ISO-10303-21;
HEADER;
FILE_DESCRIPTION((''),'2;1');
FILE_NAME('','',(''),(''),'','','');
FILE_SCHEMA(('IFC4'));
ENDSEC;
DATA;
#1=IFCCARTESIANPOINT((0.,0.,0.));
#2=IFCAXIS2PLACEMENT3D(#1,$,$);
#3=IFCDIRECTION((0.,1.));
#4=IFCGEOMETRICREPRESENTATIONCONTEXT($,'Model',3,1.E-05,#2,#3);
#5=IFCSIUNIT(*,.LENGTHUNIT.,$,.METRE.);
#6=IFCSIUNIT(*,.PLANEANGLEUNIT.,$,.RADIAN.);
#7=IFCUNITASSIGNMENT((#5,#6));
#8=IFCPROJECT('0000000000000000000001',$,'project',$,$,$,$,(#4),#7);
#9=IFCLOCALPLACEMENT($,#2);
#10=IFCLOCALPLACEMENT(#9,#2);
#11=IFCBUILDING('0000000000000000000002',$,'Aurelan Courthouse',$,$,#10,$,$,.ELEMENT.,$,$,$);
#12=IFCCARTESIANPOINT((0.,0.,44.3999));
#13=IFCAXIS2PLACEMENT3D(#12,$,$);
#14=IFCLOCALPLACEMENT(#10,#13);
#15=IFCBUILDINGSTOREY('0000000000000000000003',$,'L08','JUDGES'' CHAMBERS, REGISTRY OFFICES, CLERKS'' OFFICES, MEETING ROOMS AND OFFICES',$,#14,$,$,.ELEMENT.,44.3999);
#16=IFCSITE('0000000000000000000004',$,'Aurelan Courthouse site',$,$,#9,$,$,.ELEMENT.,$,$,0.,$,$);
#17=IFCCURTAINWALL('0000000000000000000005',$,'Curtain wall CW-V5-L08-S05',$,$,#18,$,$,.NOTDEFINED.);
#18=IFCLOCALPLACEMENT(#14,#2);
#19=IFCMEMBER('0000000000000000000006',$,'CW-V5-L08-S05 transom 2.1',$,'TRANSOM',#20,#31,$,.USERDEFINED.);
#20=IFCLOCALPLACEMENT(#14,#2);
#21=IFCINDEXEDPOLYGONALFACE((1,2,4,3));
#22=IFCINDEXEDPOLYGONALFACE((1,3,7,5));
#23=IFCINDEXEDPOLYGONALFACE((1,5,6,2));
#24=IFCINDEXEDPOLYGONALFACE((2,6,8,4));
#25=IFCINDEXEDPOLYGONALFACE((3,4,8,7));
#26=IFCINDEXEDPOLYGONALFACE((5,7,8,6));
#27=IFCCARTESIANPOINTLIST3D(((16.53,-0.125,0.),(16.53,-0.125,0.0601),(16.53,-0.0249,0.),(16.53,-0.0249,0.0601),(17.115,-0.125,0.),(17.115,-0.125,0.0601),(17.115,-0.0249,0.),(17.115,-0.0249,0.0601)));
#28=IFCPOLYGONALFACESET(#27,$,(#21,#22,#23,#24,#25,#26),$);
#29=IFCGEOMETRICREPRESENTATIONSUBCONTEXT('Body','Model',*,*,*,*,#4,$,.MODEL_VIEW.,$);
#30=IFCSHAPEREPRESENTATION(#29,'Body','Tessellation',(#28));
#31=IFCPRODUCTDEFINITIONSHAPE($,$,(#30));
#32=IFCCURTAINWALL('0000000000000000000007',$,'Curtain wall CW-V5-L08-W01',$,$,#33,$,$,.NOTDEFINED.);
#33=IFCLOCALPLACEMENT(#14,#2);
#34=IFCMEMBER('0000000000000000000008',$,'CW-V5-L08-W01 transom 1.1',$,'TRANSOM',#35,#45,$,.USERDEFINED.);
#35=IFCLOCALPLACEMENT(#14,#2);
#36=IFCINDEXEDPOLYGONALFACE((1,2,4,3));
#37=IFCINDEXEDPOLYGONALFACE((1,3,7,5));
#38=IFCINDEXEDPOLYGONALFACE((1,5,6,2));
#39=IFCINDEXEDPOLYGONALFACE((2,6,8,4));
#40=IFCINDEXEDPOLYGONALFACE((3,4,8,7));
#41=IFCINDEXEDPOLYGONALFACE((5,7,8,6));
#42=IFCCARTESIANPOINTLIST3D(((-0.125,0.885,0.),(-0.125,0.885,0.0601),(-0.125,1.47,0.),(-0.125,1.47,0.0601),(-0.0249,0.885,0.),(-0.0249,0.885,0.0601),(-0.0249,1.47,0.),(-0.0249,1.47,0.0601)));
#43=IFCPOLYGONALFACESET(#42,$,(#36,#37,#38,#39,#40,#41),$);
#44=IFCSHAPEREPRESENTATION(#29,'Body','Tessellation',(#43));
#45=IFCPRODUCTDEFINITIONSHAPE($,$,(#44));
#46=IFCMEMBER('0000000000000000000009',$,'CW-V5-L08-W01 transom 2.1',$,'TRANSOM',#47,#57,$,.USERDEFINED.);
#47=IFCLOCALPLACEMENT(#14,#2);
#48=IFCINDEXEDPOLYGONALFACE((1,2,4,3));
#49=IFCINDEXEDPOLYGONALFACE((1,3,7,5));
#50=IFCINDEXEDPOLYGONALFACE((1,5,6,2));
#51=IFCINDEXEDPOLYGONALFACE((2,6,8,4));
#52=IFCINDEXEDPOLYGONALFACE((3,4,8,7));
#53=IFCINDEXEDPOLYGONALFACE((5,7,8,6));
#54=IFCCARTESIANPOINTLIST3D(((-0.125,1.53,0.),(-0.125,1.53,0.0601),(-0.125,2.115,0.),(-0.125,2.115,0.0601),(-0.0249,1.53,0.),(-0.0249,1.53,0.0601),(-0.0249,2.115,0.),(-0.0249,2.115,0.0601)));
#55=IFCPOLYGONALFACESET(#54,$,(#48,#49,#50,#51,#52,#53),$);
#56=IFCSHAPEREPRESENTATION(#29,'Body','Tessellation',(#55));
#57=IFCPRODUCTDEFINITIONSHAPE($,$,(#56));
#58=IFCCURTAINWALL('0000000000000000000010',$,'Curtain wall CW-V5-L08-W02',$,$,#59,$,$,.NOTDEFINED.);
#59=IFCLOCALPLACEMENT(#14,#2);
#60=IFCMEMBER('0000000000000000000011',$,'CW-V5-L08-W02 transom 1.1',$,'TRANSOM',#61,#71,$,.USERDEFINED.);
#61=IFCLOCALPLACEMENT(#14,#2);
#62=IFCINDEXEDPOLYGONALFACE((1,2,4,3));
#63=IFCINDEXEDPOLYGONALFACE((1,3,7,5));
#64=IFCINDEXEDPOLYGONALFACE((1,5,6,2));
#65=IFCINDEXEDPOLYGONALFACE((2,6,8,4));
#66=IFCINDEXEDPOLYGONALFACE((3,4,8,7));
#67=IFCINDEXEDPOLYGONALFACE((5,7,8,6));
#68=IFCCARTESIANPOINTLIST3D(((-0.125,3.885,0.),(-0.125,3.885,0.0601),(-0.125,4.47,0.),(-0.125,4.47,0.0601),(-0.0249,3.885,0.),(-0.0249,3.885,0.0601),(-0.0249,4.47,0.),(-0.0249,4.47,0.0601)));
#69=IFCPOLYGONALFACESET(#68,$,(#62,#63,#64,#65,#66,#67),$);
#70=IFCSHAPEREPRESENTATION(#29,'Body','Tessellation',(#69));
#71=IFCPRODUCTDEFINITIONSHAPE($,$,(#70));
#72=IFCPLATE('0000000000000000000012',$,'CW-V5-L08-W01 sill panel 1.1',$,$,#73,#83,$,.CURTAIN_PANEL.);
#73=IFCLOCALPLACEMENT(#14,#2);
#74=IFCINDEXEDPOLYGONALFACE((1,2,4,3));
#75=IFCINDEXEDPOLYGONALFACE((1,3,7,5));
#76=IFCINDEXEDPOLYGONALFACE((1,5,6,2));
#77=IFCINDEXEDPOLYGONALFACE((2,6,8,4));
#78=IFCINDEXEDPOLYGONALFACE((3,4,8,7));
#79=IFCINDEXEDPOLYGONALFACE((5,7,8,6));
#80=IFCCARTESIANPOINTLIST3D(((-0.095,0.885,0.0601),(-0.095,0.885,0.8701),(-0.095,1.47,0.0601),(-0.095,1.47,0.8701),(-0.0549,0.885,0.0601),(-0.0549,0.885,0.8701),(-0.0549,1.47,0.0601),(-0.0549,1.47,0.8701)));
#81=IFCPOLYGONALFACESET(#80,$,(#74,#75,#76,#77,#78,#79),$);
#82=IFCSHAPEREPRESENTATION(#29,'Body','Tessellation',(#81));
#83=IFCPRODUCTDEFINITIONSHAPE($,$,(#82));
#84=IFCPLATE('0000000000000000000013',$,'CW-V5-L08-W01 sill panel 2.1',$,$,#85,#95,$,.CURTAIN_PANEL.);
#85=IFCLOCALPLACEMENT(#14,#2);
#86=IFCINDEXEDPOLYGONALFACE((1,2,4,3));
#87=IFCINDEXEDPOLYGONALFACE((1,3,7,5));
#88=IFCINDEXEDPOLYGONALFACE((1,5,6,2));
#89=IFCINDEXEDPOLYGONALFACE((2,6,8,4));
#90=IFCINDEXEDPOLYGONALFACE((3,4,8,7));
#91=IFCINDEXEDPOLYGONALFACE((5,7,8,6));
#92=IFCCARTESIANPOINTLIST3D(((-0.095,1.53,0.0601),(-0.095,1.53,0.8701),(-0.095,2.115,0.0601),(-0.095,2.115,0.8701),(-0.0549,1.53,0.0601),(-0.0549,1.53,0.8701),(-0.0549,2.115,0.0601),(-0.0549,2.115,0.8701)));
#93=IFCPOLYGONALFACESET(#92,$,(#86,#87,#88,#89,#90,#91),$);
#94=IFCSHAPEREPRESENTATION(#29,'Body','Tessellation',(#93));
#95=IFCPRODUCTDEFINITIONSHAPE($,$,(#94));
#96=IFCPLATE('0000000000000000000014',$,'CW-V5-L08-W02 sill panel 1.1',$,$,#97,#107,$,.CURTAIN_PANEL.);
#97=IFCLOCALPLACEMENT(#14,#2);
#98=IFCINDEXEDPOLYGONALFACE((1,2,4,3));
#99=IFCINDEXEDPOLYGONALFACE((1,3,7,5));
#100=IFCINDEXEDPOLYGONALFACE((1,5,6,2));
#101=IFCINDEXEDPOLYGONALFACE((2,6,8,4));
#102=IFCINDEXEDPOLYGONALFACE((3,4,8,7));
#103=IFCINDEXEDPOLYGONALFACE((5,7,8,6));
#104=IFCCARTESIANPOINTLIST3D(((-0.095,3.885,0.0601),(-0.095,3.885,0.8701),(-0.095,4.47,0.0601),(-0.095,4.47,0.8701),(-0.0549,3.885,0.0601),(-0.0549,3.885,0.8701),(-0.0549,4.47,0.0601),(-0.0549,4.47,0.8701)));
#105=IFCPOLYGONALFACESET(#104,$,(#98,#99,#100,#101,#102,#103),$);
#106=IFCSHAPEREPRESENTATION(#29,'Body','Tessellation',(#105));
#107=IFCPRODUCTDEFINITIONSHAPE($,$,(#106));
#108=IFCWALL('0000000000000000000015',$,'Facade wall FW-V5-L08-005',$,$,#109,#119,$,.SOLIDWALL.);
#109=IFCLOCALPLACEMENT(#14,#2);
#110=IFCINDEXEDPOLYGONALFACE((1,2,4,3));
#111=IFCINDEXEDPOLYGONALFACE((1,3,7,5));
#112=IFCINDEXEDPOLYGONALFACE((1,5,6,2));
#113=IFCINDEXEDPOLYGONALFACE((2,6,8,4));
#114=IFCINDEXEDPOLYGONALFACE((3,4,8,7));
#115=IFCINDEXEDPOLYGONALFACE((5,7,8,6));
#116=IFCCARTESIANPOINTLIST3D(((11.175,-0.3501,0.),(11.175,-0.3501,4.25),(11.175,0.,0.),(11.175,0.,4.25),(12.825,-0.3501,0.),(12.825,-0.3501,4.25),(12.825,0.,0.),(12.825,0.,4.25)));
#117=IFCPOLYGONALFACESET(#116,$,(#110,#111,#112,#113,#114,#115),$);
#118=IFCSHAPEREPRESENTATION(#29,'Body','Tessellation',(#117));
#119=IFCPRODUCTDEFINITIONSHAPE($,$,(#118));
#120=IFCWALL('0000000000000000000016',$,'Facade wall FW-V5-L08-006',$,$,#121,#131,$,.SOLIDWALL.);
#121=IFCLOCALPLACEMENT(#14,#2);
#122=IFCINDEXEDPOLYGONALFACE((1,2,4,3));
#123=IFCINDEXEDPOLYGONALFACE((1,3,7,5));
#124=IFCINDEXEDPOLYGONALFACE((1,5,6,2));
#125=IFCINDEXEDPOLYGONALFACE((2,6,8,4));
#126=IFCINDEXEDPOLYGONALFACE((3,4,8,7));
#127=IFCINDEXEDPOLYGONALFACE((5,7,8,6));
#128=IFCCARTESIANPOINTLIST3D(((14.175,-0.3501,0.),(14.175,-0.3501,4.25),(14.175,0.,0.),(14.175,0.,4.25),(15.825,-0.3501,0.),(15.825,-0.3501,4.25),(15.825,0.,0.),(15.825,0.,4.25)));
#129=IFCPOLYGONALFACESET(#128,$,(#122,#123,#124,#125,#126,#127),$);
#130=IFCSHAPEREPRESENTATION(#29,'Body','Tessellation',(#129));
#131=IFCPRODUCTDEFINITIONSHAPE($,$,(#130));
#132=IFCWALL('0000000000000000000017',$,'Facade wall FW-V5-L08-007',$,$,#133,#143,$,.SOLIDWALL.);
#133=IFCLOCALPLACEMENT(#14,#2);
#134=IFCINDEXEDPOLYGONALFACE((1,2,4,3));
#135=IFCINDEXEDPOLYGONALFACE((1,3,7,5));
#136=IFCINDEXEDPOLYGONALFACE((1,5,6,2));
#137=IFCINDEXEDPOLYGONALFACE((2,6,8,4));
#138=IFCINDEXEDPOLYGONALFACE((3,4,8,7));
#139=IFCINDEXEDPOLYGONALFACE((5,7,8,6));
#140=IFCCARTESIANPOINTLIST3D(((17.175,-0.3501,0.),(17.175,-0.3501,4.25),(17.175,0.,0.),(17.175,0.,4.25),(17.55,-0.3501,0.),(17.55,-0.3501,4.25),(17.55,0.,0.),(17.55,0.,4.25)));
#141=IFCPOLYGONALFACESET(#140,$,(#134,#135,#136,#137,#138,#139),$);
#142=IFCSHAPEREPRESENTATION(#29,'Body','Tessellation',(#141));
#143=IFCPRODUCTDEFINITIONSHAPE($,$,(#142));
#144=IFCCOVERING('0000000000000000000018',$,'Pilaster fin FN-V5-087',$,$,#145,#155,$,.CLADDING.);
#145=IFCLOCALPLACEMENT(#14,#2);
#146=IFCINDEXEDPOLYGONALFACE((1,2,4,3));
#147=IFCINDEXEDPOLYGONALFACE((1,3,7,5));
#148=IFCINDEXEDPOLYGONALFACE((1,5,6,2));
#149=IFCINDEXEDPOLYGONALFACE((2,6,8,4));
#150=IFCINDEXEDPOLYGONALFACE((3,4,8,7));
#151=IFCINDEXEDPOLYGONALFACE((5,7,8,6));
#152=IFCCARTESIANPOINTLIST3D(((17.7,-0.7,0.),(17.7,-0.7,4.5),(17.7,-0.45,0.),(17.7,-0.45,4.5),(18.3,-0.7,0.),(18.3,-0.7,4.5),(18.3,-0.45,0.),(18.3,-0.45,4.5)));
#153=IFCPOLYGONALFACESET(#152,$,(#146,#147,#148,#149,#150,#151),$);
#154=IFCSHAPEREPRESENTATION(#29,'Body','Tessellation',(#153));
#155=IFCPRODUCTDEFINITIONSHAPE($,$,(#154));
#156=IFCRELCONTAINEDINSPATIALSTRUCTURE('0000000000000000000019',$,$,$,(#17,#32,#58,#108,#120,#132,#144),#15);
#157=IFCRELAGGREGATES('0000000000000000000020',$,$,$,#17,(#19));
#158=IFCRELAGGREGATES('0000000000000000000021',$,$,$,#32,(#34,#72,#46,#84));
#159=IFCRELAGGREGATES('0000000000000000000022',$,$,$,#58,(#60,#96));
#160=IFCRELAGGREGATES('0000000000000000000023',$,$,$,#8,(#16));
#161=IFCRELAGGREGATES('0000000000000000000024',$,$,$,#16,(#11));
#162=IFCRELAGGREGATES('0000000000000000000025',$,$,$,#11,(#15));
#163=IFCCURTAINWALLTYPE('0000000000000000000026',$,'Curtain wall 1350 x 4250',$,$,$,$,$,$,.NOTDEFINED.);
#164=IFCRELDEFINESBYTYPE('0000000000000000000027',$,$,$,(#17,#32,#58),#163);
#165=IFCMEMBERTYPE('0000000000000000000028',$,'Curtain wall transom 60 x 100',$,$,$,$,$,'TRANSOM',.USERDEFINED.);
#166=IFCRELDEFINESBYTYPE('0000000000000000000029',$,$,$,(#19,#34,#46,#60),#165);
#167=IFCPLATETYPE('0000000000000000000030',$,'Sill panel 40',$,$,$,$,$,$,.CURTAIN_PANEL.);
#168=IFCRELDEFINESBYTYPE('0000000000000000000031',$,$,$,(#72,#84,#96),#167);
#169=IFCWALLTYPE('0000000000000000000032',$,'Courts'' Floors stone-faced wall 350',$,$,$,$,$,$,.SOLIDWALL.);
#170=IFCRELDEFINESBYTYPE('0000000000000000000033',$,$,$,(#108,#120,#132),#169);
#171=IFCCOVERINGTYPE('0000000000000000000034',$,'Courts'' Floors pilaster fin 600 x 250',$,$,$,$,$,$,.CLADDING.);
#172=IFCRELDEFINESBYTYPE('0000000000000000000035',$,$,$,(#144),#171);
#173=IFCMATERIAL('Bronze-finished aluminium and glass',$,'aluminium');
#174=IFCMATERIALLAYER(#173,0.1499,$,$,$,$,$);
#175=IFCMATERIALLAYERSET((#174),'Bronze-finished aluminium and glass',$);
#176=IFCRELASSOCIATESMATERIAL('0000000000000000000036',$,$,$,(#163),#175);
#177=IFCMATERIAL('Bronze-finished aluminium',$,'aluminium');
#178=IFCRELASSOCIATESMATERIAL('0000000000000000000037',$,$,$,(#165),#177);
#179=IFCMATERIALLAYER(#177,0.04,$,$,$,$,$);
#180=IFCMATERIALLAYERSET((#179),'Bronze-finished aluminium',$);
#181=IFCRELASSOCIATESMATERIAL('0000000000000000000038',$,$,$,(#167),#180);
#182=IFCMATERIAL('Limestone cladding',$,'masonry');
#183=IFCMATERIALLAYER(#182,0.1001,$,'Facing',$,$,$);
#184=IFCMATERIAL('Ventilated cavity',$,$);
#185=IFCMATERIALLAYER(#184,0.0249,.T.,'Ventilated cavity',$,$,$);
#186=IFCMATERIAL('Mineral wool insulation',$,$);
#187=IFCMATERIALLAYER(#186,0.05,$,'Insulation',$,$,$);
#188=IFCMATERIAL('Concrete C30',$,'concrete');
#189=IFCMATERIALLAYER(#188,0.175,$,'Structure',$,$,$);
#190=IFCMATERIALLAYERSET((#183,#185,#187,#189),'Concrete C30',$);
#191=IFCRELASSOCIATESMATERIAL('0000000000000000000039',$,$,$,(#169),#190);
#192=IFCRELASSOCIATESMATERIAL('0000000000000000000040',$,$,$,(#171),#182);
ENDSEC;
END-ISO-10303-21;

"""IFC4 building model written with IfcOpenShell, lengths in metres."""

from ifc_helpers import new_model, si_unit, direction, frame, frame_2d, origin, origin_2d, place, context, subcontext, project, spatial, rectangle, extrude, material, layer, layer_set, material_profile, profile_set, type_object, element, aggregate, save


model = new_model("IFC4")

# Units and contexts
model_context = context("Model", 3, precision=1e-05, world=origin(), true_north=direction((0.0, 1.0)))
body_context = subcontext(model_context, "Body", "Model", "MODEL_VIEW")
ifc_project = project(units=[si_unit("LENGTHUNIT", "METRE"), si_unit("PLANEANGLEUNIT", "RADIAN")], contexts=[model_context])

# Site, building, storey
site_placement = place(None, origin())
site = spatial("IfcSite", under=ifc_project, at=site_placement, Name="Aurelan Courthouse site", CompositionType="ELEMENT", RefElevation=0.0)
building_placement = place(site_placement, origin())
building = spatial("IfcBuilding", under=site, at=building_placement, Name="Aurelan Courthouse", CompositionType="ELEMENT")
storey_placement = place(building_placement, frame((0.0, 0.0, 44.3999)))
storey = spatial("IfcBuildingStorey", under=building, at=storey_placement, Name="L08", Description="JUDGES' CHAMBERS, REGISTRY OFFICES, CLERKS' OFFICES, MEETING ROOMS AND OFFICES", CompositionType="ELEMENT", Elevation=44.3999)

# Curtain wall
ifc_material_1 = material(Name="Bronze-finished aluminium and glass", Category="aluminium")
ifc_layer_1 = layer(ifc_material_1, 0.1499)
ifc_layer_set_1 = layer_set([ifc_layer_1], Name="Bronze-finished aluminium and glass")
curtain_wall_type = type_object("IfcCurtainWallType", Name="Curtain wall 1350 x 4250", PredefinedType="NOTDEFINED", material=ifc_layer_set_1)
ifc_material_2 = material(Name="Bronze-finished aluminium", Category="aluminium")
curtain_wall_1_placement = place(storey_placement, origin())
curtain_wall_1 = element("IfcCurtainWall", 1, at=curtain_wall_1_placement, inside=storey, type_object=curtain_wall_type, Name="Curtain wall CW-V5-L08-S05", PredefinedType="NOTDEFINED")
ifc_material_profile_1 = material_profile(ifc_material_2, rectangle(XDim=0.1001, YDim=0.0601, at=origin_2d()), Name="Bronze transom 60 x 100")
ifc_profile_set_1 = profile_set([ifc_material_profile_1], Name="Bronze-finished aluminium")
member_type_1 = type_object("IfcMemberType", Name="Curtain wall transom 60 x 100", ElementType="TRANSOM", PredefinedType="USERDEFINED", material=ifc_profile_set_1)

# Member
member_1_placement = place(storey_placement, frame((16.53, -0.075, 0.03), z_axis=(1.0, 0.0, 0.0), x_axis=(0.0, 1.0, 0.0)))
member_1 = element("IfcMember", 2, at=member_1_placement, type_object=member_type_1, Name="CW-V5-L08-S05 transom 2.1", ObjectType="TRANSOM", PredefinedType="USERDEFINED", context=body_context, shape_type="SweptSolid", body=[
    extrude(rectangle(XDim=0.1001, YDim=0.0601, at=origin_2d()), origin(), (0.0, 0.0, 1.0), 0.585),
])
aggregate(curtain_wall_1, [member_1])

# Curtain wall, members
curtain_wall_2_placement = place(storey_placement, origin())
curtain_wall_2 = element("IfcCurtainWall", 3, at=curtain_wall_2_placement, inside=storey, type_object=curtain_wall_type, Name="Curtain wall CW-V5-L08-W01", PredefinedType="NOTDEFINED")
member_2_placement = place(storey_placement, frame((-0.075, 0.885, 0.03), z_axis=(0.0, 1.0, 0.0), x_axis=(-1.0, 0.0, 0.0)))
member_2 = element("IfcMember", 4, at=member_2_placement, type_object=member_type_1, Name="CW-V5-L08-W01 transom 1.1", ObjectType="TRANSOM", PredefinedType="USERDEFINED", context=body_context, shape_type="SweptSolid", body=[
    extrude(rectangle(XDim=0.1001, YDim=0.0601, at=origin_2d()), origin(), (0.0, 0.0, 1.0), 0.585),
])
member_3_placement = place(storey_placement, frame((-0.075, 1.53, 0.03), z_axis=(0.0, 1.0, 0.0), x_axis=(-1.0, 0.0, 0.0)))
member_3 = element("IfcMember", 5, at=member_3_placement, type_object=member_type_1, Name="CW-V5-L08-W01 transom 2.1", ObjectType="TRANSOM", PredefinedType="USERDEFINED", context=body_context, shape_type="SweptSolid", body=[
    extrude(rectangle(XDim=0.1001, YDim=0.0601, at=origin_2d()), origin(), (0.0, 0.0, 1.0), 0.585),
])

# Curtain wall, member
curtain_wall_3_placement = place(storey_placement, origin())
curtain_wall_3 = element("IfcCurtainWall", 6, at=curtain_wall_3_placement, inside=storey, type_object=curtain_wall_type, Name="Curtain wall CW-V5-L08-W02", PredefinedType="NOTDEFINED")
member_4_placement = place(storey_placement, frame((-0.075, 3.885, 0.03), z_axis=(0.0, 1.0, 0.0), x_axis=(-1.0, 0.0, 0.0)))
member_4 = element("IfcMember", 7, at=member_4_placement, type_object=member_type_1, Name="CW-V5-L08-W02 transom 1.1", ObjectType="TRANSOM", PredefinedType="USERDEFINED", context=body_context, shape_type="SweptSolid", body=[
    extrude(rectangle(XDim=0.1001, YDim=0.0601, at=origin_2d()), origin(), (0.0, 0.0, 1.0), 0.585),
])

# Plates
ifc_layer_2 = layer(ifc_material_2, 0.04)
ifc_layer_set_2 = layer_set([ifc_layer_2], Name="Bronze-finished aluminium")
plate_type = type_object("IfcPlateType", Name="Sill panel 40", PredefinedType="CURTAIN_PANEL", material=ifc_layer_set_2)
plate_1_placement = place(storey_placement, frame((-0.075, 1.1775, 0.0601), z_axis=(0.0, 0.0, 1.0), x_axis=(0.0, 1.0, 0.0)))
plate_1 = element("IfcPlate", 8, at=plate_1_placement, type_object=plate_type, Name="CW-V5-L08-W01 sill panel 1.1", PredefinedType="CURTAIN_PANEL", context=body_context, shape_type="SweptSolid", body=[
    extrude(rectangle(XDim=0.585, YDim=0.04, at=origin_2d()), origin(), (0.0, 0.0, 1.0), 0.8101),
])
plate_2_placement = place(storey_placement, frame((-0.075, 1.8225, 0.0601), z_axis=(0.0, 0.0, 1.0), x_axis=(0.0, 1.0, 0.0)))
plate_2 = element("IfcPlate", 9, at=plate_2_placement, type_object=plate_type, Name="CW-V5-L08-W01 sill panel 2.1", PredefinedType="CURTAIN_PANEL", context=body_context, shape_type="SweptSolid", body=[
    extrude(rectangle(XDim=0.585, YDim=0.04, at=origin_2d()), origin(), (0.0, 0.0, 1.0), 0.8101),
])
aggregate(curtain_wall_2, [member_2, plate_1, member_3, plate_2])
plate_3_placement = place(storey_placement, frame((-0.075, 4.1775, 0.0601), z_axis=(0.0, 0.0, 1.0), x_axis=(0.0, 1.0, 0.0)))
plate_3 = element("IfcPlate", 10, at=plate_3_placement, type_object=plate_type, Name="CW-V5-L08-W02 sill panel 1.1", PredefinedType="CURTAIN_PANEL", context=body_context, shape_type="SweptSolid", body=[
    extrude(rectangle(XDim=0.585, YDim=0.04, at=origin_2d()), origin(), (0.0, 0.0, 1.0), 0.8101),
])
aggregate(curtain_wall_3, [member_4, plate_3])

# Walls
ifc_material_3 = material(Name="Limestone cladding", Category="masonry")
ifc_layer_3 = layer(ifc_material_3, 0.1001, Name="Facing")
ifc_material_4 = material(Name="Ventilated cavity")
ifc_layer_4 = layer(ifc_material_4, 0.0249, ventilated=True, Name="Ventilated cavity")
ifc_material_5 = material(Name="Mineral wool insulation")
ifc_layer_5 = layer(ifc_material_5, 0.05, Name="Insulation")
ifc_material_6 = material(Name="Concrete C30", Category="concrete")
ifc_layer_6 = layer(ifc_material_6, 0.175, Name="Structure")
ifc_layer_set_3 = layer_set([ifc_layer_3, ifc_layer_4, ifc_layer_5, ifc_layer_6], Name="Concrete C30")
wall_type = type_object("IfcWallType", Name="Courts' Floors stone-faced wall 350", PredefinedType="SOLIDWALL", material=ifc_layer_set_3)
for number, where, z_axis, x_axis, name in (
    (11, (11.175, -0.175, 0.0), (0.0, 0.0, 1.0), (1.0, 0.0, 0.0), "Facade wall FW-V5-L08-005"),
    (12, (14.175, -0.175, 0.0), (0.0, 0.0, 1.0), (1.0, 0.0, 0.0), "Facade wall FW-V5-L08-006"),
):
    element("IfcWall", number, at=place(storey_placement, frame(where, z_axis=z_axis, x_axis=x_axis)), inside=storey, type_object=wall_type, Name=name, PredefinedType="SOLIDWALL", context=body_context, shape_type="SweptSolid", body=[
        extrude(rectangle(XDim=1.6499, YDim=0.3501, at=frame_2d((0.825, 0.0))), origin(), (0.0, 0.0, 1.0), 4.25),
    ])
wall_placement = place(storey_placement, frame((17.175, -0.175, 0.0), z_axis=(0.0, 0.0, 1.0), x_axis=(1.0, 0.0, 0.0)))
element("IfcWall", 13, at=wall_placement, inside=storey, type_object=wall_type, Name="Facade wall FW-V5-L08-007", PredefinedType="SOLIDWALL", context=body_context, shape_type="SweptSolid", body=[
    extrude(rectangle(XDim=0.375, YDim=0.3501, at=frame_2d((0.1875, 0.0))), origin(), (0.0, 0.0, 1.0), 4.25),
])

# Covering
covering_type = type_object("IfcCoveringType", Name="Courts' Floors pilaster fin 600 x 250", PredefinedType="CLADDING", material=ifc_material_3)
covering_placement = place(storey_placement, frame((18.0, -0.575, 0.0), z_axis=(0.0, 0.0, 1.0), x_axis=(1.0, 0.0, 0.0)))
element("IfcCovering", 14, at=covering_placement, inside=storey, type_object=covering_type, Name="Pilaster fin FN-V5-087", PredefinedType="CLADDING", context=body_context, shape_type="SweptSolid", body=[
    extrude(rectangle(XDim=0.6001, YDim=0.25, at=origin_2d()), origin(), (0.0, 0.0, 1.0), 4.5),
])

save(model, "model.ifc")
